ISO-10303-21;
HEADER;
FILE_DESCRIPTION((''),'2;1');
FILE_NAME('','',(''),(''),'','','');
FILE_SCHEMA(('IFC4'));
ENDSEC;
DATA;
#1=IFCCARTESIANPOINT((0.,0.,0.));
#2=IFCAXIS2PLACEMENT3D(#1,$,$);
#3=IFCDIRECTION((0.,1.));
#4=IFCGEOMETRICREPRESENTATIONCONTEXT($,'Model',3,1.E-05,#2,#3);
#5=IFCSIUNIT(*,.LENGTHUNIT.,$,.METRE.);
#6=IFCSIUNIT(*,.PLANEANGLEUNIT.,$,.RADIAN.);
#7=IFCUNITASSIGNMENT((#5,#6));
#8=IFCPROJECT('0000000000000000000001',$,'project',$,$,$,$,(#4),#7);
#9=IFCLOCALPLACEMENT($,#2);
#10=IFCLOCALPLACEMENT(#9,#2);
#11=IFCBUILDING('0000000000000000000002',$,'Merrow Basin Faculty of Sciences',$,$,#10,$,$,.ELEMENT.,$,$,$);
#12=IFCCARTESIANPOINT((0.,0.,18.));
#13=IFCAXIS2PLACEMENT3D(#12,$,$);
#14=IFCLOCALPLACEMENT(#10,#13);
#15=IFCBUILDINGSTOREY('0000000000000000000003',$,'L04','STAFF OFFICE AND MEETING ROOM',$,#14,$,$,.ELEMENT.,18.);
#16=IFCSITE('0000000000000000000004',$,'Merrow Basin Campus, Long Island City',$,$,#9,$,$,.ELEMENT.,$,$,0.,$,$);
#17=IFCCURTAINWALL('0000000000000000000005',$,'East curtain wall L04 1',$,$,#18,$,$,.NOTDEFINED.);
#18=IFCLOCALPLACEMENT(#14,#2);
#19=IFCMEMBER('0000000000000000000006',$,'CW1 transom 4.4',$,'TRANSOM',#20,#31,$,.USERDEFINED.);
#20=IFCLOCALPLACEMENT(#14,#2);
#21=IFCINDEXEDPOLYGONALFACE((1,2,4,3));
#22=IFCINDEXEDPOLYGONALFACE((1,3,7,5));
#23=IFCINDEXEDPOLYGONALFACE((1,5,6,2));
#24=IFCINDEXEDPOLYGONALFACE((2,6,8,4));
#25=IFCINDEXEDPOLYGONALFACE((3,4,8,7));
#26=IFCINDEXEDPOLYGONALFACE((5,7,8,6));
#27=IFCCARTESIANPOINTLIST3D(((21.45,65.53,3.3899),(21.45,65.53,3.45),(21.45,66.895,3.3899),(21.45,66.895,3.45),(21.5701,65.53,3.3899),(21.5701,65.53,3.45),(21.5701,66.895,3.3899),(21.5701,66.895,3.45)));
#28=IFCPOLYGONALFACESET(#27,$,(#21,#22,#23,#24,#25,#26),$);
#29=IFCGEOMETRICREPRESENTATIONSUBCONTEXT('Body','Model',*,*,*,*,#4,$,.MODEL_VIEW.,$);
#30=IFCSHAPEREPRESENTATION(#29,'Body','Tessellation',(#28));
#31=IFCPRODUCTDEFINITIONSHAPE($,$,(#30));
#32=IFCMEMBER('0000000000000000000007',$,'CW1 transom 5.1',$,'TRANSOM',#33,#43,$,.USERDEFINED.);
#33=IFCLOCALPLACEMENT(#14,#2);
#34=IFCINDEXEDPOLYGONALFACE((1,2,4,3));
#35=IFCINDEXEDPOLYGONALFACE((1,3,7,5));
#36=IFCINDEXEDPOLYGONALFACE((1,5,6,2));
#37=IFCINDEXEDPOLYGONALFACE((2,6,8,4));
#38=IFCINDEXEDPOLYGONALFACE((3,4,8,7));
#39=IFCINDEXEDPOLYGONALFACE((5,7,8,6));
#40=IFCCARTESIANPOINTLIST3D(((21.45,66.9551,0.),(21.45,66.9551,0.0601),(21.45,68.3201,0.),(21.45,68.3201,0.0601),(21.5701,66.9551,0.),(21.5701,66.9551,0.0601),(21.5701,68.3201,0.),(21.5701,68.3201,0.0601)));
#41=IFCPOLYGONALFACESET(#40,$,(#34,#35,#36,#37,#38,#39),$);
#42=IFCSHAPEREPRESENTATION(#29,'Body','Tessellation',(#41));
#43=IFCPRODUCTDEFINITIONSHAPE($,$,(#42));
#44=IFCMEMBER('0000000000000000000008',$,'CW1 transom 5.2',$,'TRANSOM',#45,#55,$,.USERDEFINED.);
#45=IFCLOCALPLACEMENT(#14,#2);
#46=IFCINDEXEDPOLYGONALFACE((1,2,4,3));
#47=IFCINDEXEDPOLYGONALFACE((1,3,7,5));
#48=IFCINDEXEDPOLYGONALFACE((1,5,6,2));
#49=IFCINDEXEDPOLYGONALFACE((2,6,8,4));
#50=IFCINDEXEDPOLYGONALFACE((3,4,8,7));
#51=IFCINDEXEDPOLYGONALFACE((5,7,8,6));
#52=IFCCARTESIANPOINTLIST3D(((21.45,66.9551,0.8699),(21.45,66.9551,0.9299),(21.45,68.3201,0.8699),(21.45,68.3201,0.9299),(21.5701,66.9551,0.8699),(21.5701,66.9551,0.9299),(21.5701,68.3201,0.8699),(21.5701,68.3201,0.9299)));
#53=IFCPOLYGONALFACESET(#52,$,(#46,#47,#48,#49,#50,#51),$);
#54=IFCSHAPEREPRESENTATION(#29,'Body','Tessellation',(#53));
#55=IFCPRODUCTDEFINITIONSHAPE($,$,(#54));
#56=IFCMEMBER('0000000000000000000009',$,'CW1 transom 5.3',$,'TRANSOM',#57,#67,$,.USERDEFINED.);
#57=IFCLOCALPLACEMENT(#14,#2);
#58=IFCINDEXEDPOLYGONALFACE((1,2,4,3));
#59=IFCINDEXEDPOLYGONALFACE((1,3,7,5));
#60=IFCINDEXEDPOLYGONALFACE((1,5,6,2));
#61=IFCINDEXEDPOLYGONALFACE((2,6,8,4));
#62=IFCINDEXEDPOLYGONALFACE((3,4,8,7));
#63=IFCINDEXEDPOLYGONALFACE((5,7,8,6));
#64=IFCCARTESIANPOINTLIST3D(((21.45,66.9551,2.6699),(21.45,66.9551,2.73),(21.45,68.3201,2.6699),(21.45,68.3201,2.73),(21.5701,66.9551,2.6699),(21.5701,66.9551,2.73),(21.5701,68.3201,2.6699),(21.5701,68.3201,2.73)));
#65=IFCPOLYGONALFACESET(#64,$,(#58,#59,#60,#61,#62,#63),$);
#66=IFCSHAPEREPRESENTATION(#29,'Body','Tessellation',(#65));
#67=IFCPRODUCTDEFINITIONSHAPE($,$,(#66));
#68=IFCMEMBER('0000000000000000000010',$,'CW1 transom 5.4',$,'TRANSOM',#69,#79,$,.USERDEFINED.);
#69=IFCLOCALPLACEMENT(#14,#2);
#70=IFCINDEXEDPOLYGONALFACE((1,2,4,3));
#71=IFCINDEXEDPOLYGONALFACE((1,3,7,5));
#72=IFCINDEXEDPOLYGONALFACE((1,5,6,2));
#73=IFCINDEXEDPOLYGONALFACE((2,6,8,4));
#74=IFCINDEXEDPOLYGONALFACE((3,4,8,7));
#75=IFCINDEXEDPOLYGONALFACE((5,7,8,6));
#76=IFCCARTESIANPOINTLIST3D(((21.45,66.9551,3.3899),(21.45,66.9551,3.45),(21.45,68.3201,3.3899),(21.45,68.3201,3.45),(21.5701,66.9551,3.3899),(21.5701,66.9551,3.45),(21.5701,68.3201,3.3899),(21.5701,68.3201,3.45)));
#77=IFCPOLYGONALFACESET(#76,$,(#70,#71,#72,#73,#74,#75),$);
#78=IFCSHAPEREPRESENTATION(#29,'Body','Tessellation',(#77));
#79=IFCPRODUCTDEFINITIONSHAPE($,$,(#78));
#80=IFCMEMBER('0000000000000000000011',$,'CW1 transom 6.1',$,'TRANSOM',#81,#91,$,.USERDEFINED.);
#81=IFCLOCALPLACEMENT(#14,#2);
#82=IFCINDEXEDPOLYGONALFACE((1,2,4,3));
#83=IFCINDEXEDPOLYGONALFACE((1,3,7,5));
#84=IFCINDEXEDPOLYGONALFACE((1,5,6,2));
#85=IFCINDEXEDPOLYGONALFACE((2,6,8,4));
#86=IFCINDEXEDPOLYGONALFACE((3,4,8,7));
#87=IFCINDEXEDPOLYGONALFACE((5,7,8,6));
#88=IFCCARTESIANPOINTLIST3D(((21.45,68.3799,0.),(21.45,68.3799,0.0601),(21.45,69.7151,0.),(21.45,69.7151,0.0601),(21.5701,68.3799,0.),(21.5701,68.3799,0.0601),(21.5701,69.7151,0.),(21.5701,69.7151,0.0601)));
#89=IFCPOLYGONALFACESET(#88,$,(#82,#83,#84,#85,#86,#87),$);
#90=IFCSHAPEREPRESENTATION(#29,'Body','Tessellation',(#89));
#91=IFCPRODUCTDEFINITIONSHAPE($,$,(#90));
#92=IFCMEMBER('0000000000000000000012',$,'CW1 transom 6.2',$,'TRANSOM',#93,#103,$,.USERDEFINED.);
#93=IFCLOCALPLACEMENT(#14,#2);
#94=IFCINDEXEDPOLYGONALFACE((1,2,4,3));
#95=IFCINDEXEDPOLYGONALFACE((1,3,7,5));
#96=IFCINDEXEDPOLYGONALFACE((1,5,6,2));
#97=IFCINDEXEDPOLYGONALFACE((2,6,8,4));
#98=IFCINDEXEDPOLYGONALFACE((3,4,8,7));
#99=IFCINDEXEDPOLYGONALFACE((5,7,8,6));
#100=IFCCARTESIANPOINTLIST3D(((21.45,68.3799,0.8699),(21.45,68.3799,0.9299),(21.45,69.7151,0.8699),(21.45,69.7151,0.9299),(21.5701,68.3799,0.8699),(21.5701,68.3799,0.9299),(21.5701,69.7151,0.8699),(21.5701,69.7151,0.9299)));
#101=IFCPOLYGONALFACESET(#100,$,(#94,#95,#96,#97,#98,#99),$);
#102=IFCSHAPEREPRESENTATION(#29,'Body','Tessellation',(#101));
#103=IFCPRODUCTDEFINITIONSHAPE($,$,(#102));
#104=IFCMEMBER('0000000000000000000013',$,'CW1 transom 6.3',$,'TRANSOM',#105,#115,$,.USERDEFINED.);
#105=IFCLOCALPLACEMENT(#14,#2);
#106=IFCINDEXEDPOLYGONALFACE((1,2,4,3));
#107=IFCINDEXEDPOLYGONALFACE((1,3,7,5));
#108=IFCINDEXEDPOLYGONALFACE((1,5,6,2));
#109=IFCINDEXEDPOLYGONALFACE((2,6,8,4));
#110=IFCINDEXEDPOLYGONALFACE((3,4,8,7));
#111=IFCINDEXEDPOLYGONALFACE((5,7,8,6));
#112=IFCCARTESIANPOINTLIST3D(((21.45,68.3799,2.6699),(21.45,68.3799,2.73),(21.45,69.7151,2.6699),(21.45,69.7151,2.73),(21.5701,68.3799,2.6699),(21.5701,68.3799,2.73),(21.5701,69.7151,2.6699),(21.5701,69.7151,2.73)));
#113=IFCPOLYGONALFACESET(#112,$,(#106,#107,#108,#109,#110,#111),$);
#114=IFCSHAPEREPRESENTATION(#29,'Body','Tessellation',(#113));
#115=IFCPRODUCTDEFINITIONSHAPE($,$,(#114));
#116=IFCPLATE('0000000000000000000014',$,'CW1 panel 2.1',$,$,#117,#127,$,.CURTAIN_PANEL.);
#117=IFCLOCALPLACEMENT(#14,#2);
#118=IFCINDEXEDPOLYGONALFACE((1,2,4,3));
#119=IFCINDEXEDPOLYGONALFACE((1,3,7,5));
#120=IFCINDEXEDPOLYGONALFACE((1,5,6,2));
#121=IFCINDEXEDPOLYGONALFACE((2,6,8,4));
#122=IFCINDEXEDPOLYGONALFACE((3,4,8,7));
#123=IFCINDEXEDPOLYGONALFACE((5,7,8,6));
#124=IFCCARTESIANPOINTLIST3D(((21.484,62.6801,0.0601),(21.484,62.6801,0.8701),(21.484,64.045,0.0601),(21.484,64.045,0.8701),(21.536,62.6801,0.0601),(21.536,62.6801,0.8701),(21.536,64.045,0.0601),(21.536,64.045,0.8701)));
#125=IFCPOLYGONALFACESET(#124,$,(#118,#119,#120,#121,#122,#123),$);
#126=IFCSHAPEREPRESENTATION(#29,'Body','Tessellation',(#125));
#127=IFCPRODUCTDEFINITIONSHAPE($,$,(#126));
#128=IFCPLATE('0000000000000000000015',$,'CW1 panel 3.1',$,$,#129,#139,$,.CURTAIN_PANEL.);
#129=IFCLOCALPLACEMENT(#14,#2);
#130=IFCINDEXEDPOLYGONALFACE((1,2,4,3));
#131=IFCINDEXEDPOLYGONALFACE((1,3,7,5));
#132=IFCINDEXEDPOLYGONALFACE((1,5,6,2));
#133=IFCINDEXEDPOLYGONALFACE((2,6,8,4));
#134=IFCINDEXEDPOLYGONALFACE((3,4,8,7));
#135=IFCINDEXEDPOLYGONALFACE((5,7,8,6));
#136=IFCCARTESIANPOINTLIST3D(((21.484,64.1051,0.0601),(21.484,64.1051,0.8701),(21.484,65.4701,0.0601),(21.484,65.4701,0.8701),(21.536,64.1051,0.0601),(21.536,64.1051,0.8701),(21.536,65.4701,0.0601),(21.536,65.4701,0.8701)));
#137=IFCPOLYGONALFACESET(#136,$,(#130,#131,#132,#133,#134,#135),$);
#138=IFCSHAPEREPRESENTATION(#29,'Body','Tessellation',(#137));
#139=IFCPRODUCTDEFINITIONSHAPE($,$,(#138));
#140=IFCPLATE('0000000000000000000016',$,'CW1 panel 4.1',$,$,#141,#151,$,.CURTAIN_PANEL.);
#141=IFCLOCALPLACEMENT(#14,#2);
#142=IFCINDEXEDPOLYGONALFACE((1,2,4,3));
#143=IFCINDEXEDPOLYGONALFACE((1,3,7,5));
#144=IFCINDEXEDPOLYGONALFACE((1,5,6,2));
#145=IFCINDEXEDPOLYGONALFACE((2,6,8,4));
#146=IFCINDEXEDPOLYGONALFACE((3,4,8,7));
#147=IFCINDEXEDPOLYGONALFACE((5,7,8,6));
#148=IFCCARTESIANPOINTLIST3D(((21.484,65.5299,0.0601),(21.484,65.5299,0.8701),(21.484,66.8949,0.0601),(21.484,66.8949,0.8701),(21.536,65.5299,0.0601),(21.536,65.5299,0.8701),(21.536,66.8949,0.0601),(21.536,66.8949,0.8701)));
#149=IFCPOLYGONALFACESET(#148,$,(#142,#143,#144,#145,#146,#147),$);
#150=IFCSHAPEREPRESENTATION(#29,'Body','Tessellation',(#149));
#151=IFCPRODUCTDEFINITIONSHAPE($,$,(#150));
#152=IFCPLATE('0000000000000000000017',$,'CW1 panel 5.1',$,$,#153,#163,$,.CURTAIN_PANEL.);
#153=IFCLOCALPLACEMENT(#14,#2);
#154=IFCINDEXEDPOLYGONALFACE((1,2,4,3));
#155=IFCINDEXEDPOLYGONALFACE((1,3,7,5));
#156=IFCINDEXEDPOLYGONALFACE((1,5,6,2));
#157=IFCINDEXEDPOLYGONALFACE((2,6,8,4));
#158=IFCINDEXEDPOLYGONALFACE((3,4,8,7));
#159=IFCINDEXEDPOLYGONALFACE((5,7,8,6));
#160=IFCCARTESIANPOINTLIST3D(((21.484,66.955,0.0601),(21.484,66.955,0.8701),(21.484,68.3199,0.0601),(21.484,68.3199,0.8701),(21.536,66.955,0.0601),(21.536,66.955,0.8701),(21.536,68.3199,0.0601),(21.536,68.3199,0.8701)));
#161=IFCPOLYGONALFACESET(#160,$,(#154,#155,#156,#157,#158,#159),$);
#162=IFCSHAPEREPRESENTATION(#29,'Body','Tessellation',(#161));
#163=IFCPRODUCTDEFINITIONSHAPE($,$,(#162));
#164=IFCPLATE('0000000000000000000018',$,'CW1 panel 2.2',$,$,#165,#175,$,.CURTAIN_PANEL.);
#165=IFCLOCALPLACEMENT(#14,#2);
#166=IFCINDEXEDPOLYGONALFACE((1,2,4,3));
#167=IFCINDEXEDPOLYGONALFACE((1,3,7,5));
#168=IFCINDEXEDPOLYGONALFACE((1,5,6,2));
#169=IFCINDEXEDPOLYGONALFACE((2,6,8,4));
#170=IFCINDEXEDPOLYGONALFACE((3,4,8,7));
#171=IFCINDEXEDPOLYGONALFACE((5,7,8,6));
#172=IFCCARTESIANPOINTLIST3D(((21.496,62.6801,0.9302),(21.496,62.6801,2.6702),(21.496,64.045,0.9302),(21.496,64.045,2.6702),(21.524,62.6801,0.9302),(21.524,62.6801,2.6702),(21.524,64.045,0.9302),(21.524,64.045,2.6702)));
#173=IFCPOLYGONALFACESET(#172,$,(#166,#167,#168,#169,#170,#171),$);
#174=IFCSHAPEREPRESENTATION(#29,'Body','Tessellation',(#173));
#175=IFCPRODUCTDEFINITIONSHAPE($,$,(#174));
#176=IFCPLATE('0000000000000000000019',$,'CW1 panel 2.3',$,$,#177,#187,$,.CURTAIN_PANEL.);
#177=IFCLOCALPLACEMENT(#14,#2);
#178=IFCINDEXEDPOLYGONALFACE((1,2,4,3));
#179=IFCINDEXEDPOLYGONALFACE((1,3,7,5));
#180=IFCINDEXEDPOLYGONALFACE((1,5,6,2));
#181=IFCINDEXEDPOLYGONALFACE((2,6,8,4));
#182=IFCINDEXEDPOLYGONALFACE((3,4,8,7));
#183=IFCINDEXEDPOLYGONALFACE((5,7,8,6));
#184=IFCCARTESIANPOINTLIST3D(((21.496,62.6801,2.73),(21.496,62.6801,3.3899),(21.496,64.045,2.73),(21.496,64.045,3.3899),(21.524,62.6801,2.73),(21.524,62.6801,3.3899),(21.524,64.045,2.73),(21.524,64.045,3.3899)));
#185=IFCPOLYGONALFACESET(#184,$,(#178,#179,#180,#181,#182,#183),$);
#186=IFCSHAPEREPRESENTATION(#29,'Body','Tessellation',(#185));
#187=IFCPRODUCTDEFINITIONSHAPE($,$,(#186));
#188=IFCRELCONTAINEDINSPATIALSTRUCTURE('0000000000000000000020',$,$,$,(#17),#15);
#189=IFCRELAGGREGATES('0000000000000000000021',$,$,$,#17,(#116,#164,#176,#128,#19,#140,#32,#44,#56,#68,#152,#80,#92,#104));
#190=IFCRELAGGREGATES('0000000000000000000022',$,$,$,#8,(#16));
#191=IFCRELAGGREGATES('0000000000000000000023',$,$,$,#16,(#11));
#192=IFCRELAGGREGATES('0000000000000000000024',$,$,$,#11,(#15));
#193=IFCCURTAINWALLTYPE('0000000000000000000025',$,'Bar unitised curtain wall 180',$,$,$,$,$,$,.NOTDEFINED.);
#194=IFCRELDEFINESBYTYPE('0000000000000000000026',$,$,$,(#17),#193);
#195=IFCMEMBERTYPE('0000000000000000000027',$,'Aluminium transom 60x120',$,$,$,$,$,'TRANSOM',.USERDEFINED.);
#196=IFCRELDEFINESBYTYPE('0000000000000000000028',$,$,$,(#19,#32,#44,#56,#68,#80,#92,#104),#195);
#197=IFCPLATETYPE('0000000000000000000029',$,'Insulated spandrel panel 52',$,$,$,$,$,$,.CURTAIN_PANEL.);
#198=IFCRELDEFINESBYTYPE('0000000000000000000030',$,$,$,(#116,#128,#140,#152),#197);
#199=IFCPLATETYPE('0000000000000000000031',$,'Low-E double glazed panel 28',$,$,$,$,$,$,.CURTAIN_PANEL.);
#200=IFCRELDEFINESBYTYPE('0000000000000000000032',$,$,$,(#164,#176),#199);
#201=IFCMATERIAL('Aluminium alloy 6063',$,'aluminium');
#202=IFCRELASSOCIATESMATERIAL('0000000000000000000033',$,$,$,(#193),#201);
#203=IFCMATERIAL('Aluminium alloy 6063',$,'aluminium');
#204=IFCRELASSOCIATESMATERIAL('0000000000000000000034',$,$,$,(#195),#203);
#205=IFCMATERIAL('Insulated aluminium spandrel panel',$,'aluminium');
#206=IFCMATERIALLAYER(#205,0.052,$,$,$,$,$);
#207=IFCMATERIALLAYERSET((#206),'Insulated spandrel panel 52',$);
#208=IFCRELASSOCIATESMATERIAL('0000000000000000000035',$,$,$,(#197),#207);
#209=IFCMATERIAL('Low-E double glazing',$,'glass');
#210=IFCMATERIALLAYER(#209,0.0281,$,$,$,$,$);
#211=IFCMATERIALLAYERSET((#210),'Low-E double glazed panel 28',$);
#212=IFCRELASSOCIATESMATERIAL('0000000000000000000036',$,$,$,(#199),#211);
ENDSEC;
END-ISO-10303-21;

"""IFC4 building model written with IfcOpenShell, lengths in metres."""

from ifc_helpers import new_model, si_unit, direction, frame, origin, origin_2d, place, context, subcontext, project, spatial, rectangle, extrude, material, layer, layer_set, material_profile, profile_set, type_object, element, aggregate, save


model = new_model("IFC4")

# Units and contexts
model_context = context("Model", 3, precision=1e-05, world=origin(), true_north=direction((0.0, 1.0)))
body_context = subcontext(model_context, "Body", "Model", "MODEL_VIEW")
ifc_project = project(units=[si_unit("LENGTHUNIT", "METRE"), si_unit("PLANEANGLEUNIT", "RADIAN")], contexts=[model_context])

# Site, building, storey
site_placement = place(None, origin())
site = spatial("IfcSite", under=ifc_project, at=site_placement, Name="Merrow Basin Campus, Long Island City", CompositionType="ELEMENT", RefElevation=0.0)
building_placement = place(site_placement, origin())
building = spatial("IfcBuilding", under=site, at=building_placement, Name="Merrow Basin Faculty of Sciences", CompositionType="ELEMENT")
storey_placement = place(building_placement, frame((0.0, 0.0, 18.0)))
storey = spatial("IfcBuildingStorey", under=building, at=storey_placement, Name="L04", Description="STAFF OFFICE AND MEETING ROOM", CompositionType="ELEMENT", Elevation=18.0)

# Curtain wall, members, plates
ifc_material_1 = material(Name="Aluminium alloy 6063", Category="aluminium")
curtain_wall_type = type_object("IfcCurtainWallType", Name="Bar unitised curtain wall 180", PredefinedType="NOTDEFINED", material=ifc_material_1)
curtain_wall_placement = place(storey_placement, origin())
curtain_wall = element("IfcCurtainWall", 1, at=curtain_wall_placement, inside=storey, type_object=curtain_wall_type, Name="East curtain wall L04 1", PredefinedType="NOTDEFINED")
ifc_material_2 = material(Name="Aluminium alloy 6063", Category="aluminium")
ifc_material_profile_1 = material_profile(ifc_material_2, rectangle(XDim=0.1201, YDim=0.0601, at=origin_2d()))
ifc_profile_set_1 = profile_set([ifc_material_profile_1], Name="Aluminium alloy 6063")
member_type_1 = type_object("IfcMemberType", Name="Aluminium transom 60x120", ElementType="TRANSOM", PredefinedType="USERDEFINED", material=ifc_profile_set_1)
member_1_placement = place(storey_placement, frame((21.51, 65.53, 3.4199), z_axis=(0.0, 1.0, 0.0), x_axis=(-1.0, 0.0, 0.0)))
member_1 = element("IfcMember", 2, at=member_1_placement, type_object=member_type_1, Name="CW1 transom 4.4", ObjectType="TRANSOM", PredefinedType="USERDEFINED", context=body_context, shape_type="SweptSolid", body=[
    extrude(rectangle(XDim=0.1201, YDim=0.0601, at=origin_2d()), origin(), (0.0, 0.0, 1.0), 1.365),
])
member_2_placement = place(storey_placement, frame((21.51, 66.9551, 0.03), z_axis=(0.0, 1.0, 0.0), x_axis=(-1.0, 0.0, 0.0)))
member_2 = element("IfcMember", 3, at=member_2_placement, type_object=member_type_1, Name="CW1 transom 5.1", ObjectType="TRANSOM", PredefinedType="USERDEFINED", context=body_context, shape_type="SweptSolid", body=[
    extrude(rectangle(XDim=0.1201, YDim=0.0601, at=origin_2d()), origin(), (0.0, 0.0, 1.0), 1.365),
])
member_3_placement = place(storey_placement, frame((21.51, 66.9551, 0.8999), z_axis=(0.0, 1.0, 0.0), x_axis=(-1.0, 0.0, 0.0)))
member_3 = element("IfcMember", 4, at=member_3_placement, type_object=member_type_1, Name="CW1 transom 5.2", ObjectType="TRANSOM", PredefinedType="USERDEFINED", context=body_context, shape_type="SweptSolid", body=[
    extrude(rectangle(XDim=0.1201, YDim=0.0601, at=origin_2d()), origin(), (0.0, 0.0, 1.0), 1.365),
])
member_4_placement = place(storey_placement, frame((21.51, 66.9551, 2.7), z_axis=(0.0, 1.0, 0.0), x_axis=(-1.0, 0.0, 0.0)))
member_4 = element("IfcMember", 5, at=member_4_placement, type_object=member_type_1, Name="CW1 transom 5.3", ObjectType="TRANSOM", PredefinedType="USERDEFINED", context=body_context, shape_type="SweptSolid", body=[
    extrude(rectangle(XDim=0.1201, YDim=0.0601, at=origin_2d()), origin(), (0.0, 0.0, 1.0), 1.365),
])
member_5_placement = place(storey_placement, frame((21.51, 66.9551, 3.4199), z_axis=(0.0, 1.0, 0.0), x_axis=(-1.0, 0.0, 0.0)))
member_5 = element("IfcMember", 6, at=member_5_placement, type_object=member_type_1, Name="CW1 transom 5.4", ObjectType="TRANSOM", PredefinedType="USERDEFINED", context=body_context, shape_type="SweptSolid", body=[
    extrude(rectangle(XDim=0.1201, YDim=0.0601, at=origin_2d()), origin(), (0.0, 0.0, 1.0), 1.365),
])
member_6_placement = place(storey_placement, frame((21.51, 68.3799, 0.03), z_axis=(0.0, 1.0, 0.0), x_axis=(-1.0, 0.0, 0.0)))
member_6 = element("IfcMember", 7, at=member_6_placement, type_object=member_type_1, Name="CW1 transom 6.1", ObjectType="TRANSOM", PredefinedType="USERDEFINED", context=body_context, shape_type="SweptSolid", body=[
    extrude(rectangle(XDim=0.1201, YDim=0.0601, at=origin_2d()), origin(), (0.0, 0.0, 1.0), 1.3352),
])
member_7_placement = place(storey_placement, frame((21.51, 68.3799, 0.8999), z_axis=(0.0, 1.0, 0.0), x_axis=(-1.0, 0.0, 0.0)))
member_7 = element("IfcMember", 8, at=member_7_placement, type_object=member_type_1, Name="CW1 transom 6.2", ObjectType="TRANSOM", PredefinedType="USERDEFINED", context=body_context, shape_type="SweptSolid", body=[
    extrude(rectangle(XDim=0.1201, YDim=0.0601, at=origin_2d()), origin(), (0.0, 0.0, 1.0), 1.3352),
])
member_8_placement = place(storey_placement, frame((21.51, 68.3799, 2.7), z_axis=(0.0, 1.0, 0.0), x_axis=(-1.0, 0.0, 0.0)))
member_8 = element("IfcMember", 9, at=member_8_placement, type_object=member_type_1, Name="CW1 transom 6.3", ObjectType="TRANSOM", PredefinedType="USERDEFINED", context=body_context, shape_type="SweptSolid", body=[
    extrude(rectangle(XDim=0.1201, YDim=0.0601, at=origin_2d()), origin(), (0.0, 0.0, 1.0), 1.3352),
])
ifc_material_3 = material(Name="Insulated aluminium spandrel panel", Category="aluminium")
ifc_layer_1 = layer(ifc_material_3, 0.052)
ifc_layer_set_1 = layer_set([ifc_layer_1], Name="Insulated spandrel panel 52")
plate_type_1 = type_object("IfcPlateType", Name="Insulated spandrel panel 52", PredefinedType="CURTAIN_PANEL", material=ifc_layer_set_1)
plate_1_placement = place(storey_placement, frame((21.51, 63.3625, 0.0601), z_axis=(0.0, 0.0, 1.0), x_axis=(0.0, 1.0, 0.0)))
plate_1 = element("IfcPlate", 10, at=plate_1_placement, type_object=plate_type_1, Name="CW1 panel 2.1", PredefinedType="CURTAIN_PANEL", context=body_context, shape_type="SweptSolid", body=[
    extrude(rectangle(XDim=1.365, YDim=0.052, at=origin_2d()), origin(), (0.0, 0.0, 1.0), 0.8101),
])
plate_2_placement = place(storey_placement, frame((21.51, 64.7876, 0.0601), z_axis=(0.0, 0.0, 1.0), x_axis=(0.0, 1.0, 0.0)))
plate_2 = element("IfcPlate", 11, at=plate_2_placement, type_object=plate_type_1, Name="CW1 panel 3.1", PredefinedType="CURTAIN_PANEL", context=body_context, shape_type="SweptSolid", body=[
    extrude(rectangle(XDim=1.365, YDim=0.052, at=origin_2d()), origin(), (0.0, 0.0, 1.0), 0.8101),
])
plate_3_placement = place(storey_placement, frame((21.51, 66.2124, 0.0601), z_axis=(0.0, 0.0, 1.0), x_axis=(0.0, 1.0, 0.0)))
plate_3 = element("IfcPlate", 12, at=plate_3_placement, type_object=plate_type_1, Name="CW1 panel 4.1", PredefinedType="CURTAIN_PANEL", context=body_context, shape_type="SweptSolid", body=[
    extrude(rectangle(XDim=1.365, YDim=0.052, at=origin_2d()), origin(), (0.0, 0.0, 1.0), 0.8101),
])
plate_4_placement = place(storey_placement, frame((21.51, 67.6375, 0.0601), z_axis=(0.0, 0.0, 1.0), x_axis=(0.0, 1.0, 0.0)))
plate_4 = element("IfcPlate", 13, at=plate_4_placement, type_object=plate_type_1, Name="CW1 panel 5.1", PredefinedType="CURTAIN_PANEL", context=body_context, shape_type="SweptSolid", body=[
    extrude(rectangle(XDim=1.365, YDim=0.052, at=origin_2d()), origin(), (0.0, 0.0, 1.0), 0.8101),
])
ifc_material_4 = material(Name="Low-E double glazing", Category="glass")
ifc_layer_2 = layer(ifc_material_4, 0.0281)
ifc_layer_set_2 = layer_set([ifc_layer_2], Name="Low-E double glazed panel 28")
plate_type_2 = type_object("IfcPlateType", Name="Low-E double glazed panel 28", PredefinedType="CURTAIN_PANEL", material=ifc_layer_set_2)
plate_5_placement = place(storey_placement, frame((21.51, 63.3625, 0.9302), z_axis=(0.0, 0.0, 1.0), x_axis=(0.0, 1.0, 0.0)))
plate_5 = element("IfcPlate", 14, at=plate_5_placement, type_object=plate_type_2, Name="CW1 panel 2.2", PredefinedType="CURTAIN_PANEL", context=body_context, shape_type="SweptSolid", body=[
    extrude(rectangle(XDim=1.365, YDim=0.0281, at=origin_2d()), origin(), (0.0, 0.0, 1.0), 1.74),
])
plate_6_placement = place(storey_placement, frame((21.51, 63.3625, 2.73), z_axis=(0.0, 0.0, 1.0), x_axis=(0.0, 1.0, 0.0)))
plate_6 = element("IfcPlate", 15, at=plate_6_placement, type_object=plate_type_2, Name="CW1 panel 2.3", PredefinedType="CURTAIN_PANEL", context=body_context, shape_type="SweptSolid", body=[
    extrude(rectangle(XDim=1.365, YDim=0.0281, at=origin_2d()), origin(), (0.0, 0.0, 1.0), 0.6599),
])
aggregate(curtain_wall, [plate_1, plate_5, plate_6, plate_2, member_1, plate_3, member_2, member_3, member_4, member_5, plate_4, member_6, member_7, member_8])

save(model, "model.ifc")
